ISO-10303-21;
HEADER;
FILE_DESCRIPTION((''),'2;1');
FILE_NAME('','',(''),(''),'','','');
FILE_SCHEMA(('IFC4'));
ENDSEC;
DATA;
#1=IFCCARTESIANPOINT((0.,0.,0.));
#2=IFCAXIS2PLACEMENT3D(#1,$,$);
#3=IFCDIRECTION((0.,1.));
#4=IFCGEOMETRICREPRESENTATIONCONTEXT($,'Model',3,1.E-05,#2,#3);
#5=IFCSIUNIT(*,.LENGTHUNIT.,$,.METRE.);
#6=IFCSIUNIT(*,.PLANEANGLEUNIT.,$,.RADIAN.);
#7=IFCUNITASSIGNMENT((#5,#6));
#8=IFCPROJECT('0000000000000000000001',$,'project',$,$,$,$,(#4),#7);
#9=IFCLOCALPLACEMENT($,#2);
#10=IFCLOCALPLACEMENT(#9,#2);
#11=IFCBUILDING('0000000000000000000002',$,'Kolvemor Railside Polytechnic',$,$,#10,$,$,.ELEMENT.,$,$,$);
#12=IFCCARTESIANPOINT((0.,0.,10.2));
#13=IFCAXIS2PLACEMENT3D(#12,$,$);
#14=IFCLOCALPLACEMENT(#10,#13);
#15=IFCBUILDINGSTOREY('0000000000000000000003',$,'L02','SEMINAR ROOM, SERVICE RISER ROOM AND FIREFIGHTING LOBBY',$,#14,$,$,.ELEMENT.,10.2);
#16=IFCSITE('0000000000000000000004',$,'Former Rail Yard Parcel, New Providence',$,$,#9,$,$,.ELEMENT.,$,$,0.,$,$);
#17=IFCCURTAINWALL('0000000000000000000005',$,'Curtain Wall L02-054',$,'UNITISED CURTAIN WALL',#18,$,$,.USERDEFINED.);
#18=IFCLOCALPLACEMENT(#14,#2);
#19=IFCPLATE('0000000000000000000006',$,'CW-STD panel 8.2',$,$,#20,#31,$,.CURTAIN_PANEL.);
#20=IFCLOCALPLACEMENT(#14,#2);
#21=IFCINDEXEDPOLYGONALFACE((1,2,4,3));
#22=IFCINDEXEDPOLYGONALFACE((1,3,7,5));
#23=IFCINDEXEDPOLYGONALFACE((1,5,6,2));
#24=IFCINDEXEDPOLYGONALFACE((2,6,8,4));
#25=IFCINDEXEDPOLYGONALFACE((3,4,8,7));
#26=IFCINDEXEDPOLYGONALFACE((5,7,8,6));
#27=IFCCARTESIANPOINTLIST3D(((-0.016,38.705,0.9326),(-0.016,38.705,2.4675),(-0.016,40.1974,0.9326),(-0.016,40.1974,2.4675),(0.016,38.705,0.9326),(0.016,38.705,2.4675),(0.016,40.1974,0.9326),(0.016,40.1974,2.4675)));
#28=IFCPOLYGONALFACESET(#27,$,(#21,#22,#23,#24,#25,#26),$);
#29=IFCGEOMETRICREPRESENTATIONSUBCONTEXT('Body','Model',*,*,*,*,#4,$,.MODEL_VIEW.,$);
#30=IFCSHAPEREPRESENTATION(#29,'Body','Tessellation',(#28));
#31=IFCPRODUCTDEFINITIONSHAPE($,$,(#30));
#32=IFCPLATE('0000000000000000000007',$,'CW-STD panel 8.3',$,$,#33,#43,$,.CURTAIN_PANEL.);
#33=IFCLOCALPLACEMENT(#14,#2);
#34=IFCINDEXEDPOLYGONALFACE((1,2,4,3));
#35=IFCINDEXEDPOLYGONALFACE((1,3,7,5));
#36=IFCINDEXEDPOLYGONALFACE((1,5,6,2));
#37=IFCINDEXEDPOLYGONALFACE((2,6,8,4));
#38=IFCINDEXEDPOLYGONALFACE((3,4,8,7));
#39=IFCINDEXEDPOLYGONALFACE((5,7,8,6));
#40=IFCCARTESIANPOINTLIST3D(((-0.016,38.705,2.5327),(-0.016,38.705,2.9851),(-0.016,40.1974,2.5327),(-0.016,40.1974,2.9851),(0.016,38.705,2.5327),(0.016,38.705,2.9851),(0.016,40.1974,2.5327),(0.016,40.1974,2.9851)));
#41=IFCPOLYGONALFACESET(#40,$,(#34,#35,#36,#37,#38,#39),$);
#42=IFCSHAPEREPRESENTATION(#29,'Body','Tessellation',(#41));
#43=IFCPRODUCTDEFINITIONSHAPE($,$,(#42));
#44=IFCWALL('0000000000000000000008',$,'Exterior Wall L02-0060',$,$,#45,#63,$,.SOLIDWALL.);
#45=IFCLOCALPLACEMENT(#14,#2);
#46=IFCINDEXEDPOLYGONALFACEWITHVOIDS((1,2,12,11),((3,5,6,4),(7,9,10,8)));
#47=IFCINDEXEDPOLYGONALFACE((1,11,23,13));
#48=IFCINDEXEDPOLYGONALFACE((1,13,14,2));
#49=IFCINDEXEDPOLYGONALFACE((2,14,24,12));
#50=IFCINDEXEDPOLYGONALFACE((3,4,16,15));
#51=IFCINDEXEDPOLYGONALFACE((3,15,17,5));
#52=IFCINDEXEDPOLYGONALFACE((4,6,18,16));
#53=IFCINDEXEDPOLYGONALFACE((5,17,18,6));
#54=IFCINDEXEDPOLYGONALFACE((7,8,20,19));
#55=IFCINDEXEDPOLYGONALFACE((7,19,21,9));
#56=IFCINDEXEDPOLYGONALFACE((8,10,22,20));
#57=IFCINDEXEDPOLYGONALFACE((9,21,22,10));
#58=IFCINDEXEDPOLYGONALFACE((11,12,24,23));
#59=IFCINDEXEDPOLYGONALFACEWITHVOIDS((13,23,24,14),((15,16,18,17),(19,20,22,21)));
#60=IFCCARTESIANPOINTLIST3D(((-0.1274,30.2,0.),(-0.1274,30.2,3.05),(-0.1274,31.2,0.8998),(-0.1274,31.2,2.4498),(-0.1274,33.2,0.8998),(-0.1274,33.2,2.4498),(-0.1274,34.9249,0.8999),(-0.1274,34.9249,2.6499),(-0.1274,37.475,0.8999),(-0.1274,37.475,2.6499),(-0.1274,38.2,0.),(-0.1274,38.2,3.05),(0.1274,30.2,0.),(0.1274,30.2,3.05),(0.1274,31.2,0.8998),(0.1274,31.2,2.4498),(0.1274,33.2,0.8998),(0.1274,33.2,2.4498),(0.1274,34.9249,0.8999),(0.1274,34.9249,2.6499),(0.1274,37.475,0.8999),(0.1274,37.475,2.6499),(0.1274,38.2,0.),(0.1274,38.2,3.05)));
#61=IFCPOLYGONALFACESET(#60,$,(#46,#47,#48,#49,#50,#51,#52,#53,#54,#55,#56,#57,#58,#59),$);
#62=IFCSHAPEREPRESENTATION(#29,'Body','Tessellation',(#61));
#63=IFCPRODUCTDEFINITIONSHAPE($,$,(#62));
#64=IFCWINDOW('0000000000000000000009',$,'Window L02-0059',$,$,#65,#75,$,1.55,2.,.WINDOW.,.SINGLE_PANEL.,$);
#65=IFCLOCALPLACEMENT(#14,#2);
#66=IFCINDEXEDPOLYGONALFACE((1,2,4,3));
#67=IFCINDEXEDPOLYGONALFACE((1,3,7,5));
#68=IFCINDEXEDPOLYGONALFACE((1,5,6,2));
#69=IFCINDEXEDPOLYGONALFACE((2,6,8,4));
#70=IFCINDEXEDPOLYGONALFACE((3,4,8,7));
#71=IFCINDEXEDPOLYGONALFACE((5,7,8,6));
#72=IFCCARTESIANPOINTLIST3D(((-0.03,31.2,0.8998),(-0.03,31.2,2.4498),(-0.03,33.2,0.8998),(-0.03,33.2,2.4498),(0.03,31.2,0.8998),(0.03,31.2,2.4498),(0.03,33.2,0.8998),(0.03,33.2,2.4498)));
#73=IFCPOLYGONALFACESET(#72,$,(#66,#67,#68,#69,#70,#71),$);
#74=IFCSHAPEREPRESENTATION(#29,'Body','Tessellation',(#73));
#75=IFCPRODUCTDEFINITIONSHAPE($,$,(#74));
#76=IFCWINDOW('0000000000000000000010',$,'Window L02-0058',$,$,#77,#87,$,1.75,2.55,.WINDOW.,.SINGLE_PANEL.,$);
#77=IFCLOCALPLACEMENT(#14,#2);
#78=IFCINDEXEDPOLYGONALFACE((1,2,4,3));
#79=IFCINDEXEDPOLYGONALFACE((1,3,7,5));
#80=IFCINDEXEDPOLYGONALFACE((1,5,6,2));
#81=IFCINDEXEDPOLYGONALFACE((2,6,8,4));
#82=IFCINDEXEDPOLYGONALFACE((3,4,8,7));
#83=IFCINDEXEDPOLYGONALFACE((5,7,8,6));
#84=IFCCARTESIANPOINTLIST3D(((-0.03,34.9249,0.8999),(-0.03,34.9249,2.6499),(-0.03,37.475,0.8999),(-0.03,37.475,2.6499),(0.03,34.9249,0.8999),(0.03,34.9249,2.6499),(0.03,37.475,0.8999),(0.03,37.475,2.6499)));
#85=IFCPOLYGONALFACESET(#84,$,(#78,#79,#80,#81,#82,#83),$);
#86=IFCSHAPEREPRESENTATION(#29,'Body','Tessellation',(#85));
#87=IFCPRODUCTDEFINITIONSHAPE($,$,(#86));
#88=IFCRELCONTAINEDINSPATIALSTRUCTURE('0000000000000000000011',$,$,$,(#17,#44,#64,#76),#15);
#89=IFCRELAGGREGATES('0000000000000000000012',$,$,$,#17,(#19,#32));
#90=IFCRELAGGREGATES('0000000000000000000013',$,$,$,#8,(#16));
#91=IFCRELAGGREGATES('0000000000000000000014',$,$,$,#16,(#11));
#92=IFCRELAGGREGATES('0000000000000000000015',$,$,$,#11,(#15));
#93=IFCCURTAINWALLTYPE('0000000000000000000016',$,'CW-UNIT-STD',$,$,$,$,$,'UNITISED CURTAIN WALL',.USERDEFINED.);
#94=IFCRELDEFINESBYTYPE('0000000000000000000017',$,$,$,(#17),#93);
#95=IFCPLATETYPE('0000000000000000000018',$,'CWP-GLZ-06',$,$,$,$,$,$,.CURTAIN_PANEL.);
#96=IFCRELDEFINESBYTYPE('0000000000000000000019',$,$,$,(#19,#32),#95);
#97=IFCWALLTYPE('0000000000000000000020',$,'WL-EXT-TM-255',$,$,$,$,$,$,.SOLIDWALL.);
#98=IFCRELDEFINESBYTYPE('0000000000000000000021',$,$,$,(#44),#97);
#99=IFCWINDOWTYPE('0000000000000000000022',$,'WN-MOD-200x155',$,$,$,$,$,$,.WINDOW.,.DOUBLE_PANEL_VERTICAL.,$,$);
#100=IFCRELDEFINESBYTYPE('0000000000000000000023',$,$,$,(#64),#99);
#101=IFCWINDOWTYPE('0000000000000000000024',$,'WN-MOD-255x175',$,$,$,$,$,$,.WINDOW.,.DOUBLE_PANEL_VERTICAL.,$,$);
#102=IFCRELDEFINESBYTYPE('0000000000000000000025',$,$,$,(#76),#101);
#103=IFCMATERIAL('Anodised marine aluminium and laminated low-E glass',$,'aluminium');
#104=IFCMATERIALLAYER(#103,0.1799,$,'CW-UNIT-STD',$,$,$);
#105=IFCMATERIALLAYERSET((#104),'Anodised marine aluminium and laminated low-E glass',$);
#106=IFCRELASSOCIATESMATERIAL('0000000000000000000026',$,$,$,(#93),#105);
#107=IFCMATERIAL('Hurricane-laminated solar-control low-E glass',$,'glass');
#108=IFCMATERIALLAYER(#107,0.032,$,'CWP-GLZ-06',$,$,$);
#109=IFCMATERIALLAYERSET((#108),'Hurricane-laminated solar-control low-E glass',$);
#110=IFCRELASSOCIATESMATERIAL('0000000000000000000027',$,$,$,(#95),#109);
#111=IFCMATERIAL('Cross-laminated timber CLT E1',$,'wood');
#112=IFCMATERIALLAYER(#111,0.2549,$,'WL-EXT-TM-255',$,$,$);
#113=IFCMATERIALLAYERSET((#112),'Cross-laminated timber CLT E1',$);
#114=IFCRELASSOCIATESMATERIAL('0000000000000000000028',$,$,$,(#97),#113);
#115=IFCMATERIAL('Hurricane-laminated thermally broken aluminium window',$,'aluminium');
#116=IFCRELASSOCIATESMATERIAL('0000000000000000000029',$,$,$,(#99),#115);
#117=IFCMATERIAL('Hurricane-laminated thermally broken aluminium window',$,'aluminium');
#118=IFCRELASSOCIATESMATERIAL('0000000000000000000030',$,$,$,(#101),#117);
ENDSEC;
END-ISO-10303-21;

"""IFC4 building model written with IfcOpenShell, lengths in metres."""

from ifc_helpers import new_model, si_unit, direction, frame, frame_2d, origin, origin_2d, place, context, subcontext, project, spatial, rectangle, extrude, material, layer, layer_set, type_object, element, fill, aggregate, save


model = new_model("IFC4")

# Units and contexts
model_context = context("Model", 3, precision=1e-05, world=origin(), true_north=direction((0.0, 1.0)))
body_context = subcontext(model_context, "Body", "Model", "MODEL_VIEW")
ifc_project = project(units=[si_unit("LENGTHUNIT", "METRE"), si_unit("PLANEANGLEUNIT", "RADIAN")], contexts=[model_context])

# Site, building, storey
site_placement = place(None, origin())
site = spatial("IfcSite", under=ifc_project, at=site_placement, Name="Former Rail Yard Parcel, New Providence", CompositionType="ELEMENT", RefElevation=0.0)
building_placement = place(site_placement, origin())
building = spatial("IfcBuilding", under=site, at=building_placement, Name="Kolvemor Railside Polytechnic", CompositionType="ELEMENT")
storey_placement = place(building_placement, frame((0.0, 0.0, 10.2)))
storey = spatial("IfcBuildingStorey", under=building, at=storey_placement, Name="L02", Description="SEMINAR ROOM, SERVICE RISER ROOM AND FIREFIGHTING LOBBY", CompositionType="ELEMENT", Elevation=10.2)

# Curtain wall, plates
ifc_material_1 = material(Name="Anodised marine aluminium and laminated low-E glass", Category="aluminium")
ifc_layer_1 = layer(ifc_material_1, 0.1799, Name="CW-UNIT-STD")
ifc_layer_set_1 = layer_set([ifc_layer_1], Name="Anodised marine aluminium and laminated low-E glass")
curtain_wall_type = type_object("IfcCurtainWallType", Name="CW-UNIT-STD", ElementType="UNITISED CURTAIN WALL", PredefinedType="USERDEFINED", material=ifc_layer_set_1)
curtain_wall_placement = place(storey_placement, origin())
curtain_wall = element("IfcCurtainWall", 1, at=curtain_wall_placement, inside=storey, type_object=curtain_wall_type, Name="Curtain Wall L02-054", ObjectType="UNITISED CURTAIN WALL", PredefinedType="USERDEFINED")
ifc_material_2 = material(Name="Hurricane-laminated solar-control low-E glass", Category="glass")
ifc_layer_2 = layer(ifc_material_2, 0.032, Name="CWP-GLZ-06")
ifc_layer_set_2 = layer_set([ifc_layer_2], Name="Hurricane-laminated solar-control low-E glass")
plate_type = type_object("IfcPlateType", Name="CWP-GLZ-06", PredefinedType="CURTAIN_PANEL", material=ifc_layer_set_2)
plate_1_placement = place(storey_placement, frame((0.0, 39.4512, 0.9326), z_axis=(0.0, 0.0, 1.0), x_axis=(0.0, -1.0, 0.0)))
plate_1 = element("IfcPlate", 2, at=plate_1_placement, type_object=plate_type, Name="CW-STD panel 8.2", PredefinedType="CURTAIN_PANEL", context=body_context, shape_type="SweptSolid", body=[
    extrude(rectangle(XDim=1.4924, YDim=0.032, at=origin_2d()), origin(), (0.0, 0.0, 1.0), 1.5349),
])
plate_2_placement = place(storey_placement, frame((0.0, 39.4512, 2.5327), z_axis=(0.0, 0.0, 1.0), x_axis=(0.0, -1.0, 0.0)))
plate_2 = element("IfcPlate", 3, at=plate_2_placement, type_object=plate_type, Name="CW-STD panel 8.3", PredefinedType="CURTAIN_PANEL", context=body_context, shape_type="SweptSolid", body=[
    extrude(rectangle(XDim=1.4924, YDim=0.032, at=origin_2d()), origin(), (0.0, 0.0, 1.0), 0.4524),
])
aggregate(curtain_wall, [plate_1, plate_2])

# Wall, openings, windows
ifc_material_3 = material(Name="Cross-laminated timber CLT E1", Category="wood")
ifc_layer_3 = layer(ifc_material_3, 0.2549, Name="WL-EXT-TM-255")
ifc_layer_set_3 = layer_set([ifc_layer_3], Name="Cross-laminated timber CLT E1")
wall_type = type_object("IfcWallType", Name="WL-EXT-TM-255", PredefinedType="SOLIDWALL", material=ifc_layer_set_3)
wall_placement = place(storey_placement, frame((0.0, 38.2, 0.0), z_axis=(0.0, 0.0, 1.0), x_axis=(0.0, -1.0, 0.0)))
wall = element("IfcWall", 4, at=wall_placement, inside=storey, type_object=wall_type, Name="Exterior Wall L02-0060", PredefinedType="SOLIDWALL", context=body_context, shape_type="SweptSolid", body=[
    extrude(rectangle(XDim=8.0, YDim=0.2549, at=frame_2d((4.0, 0.0))), origin(), (0.0, 0.0, 1.0), 3.05),
])
opening_1_placement = place(wall_placement, frame((0.7251, 0.0, 0.8999)))
opening_1 = element("IfcOpeningElement", 5, at=opening_1_placement, cuts=wall, PredefinedType="OPENING", context=body_context, shape_type="SweptSolid", body=[
    extrude(rectangle(XDim=2.55, YDim=1.75, at=frame_2d((1.2749, 0.875))), frame((0.0, 0.1375, 0.0), z_axis=(0.0, -1.0, 0.0), x_axis=(1.0, 0.0, 0.0)), (0.0, 0.0, 1.0), 0.2749),
])
opening_2_placement = place(wall_placement, frame((5.0, 0.0, 0.8999)))
opening_2 = element("IfcOpeningElement", 6, at=opening_2_placement, cuts=wall, PredefinedType="OPENING", context=body_context, shape_type="SweptSolid", body=[
    extrude(rectangle(XDim=2.0, YDim=1.55, at=frame_2d((1.0, 0.7749))), frame((0.0, 0.1375, 0.0), z_axis=(0.0, -1.0, 0.0), x_axis=(1.0, 0.0, 0.0)), (0.0, 0.0, 1.0), 0.2749),
])
ifc_material_4 = material(Name="Hurricane-laminated thermally broken aluminium window", Category="aluminium")
window_type_1 = type_object("IfcWindowType", Name="WN-MOD-200x155", PartitioningType="DOUBLE_PANEL_VERTICAL", PredefinedType="WINDOW", material=ifc_material_4)
window_1_placement = place(opening_2_placement, origin())
window_1 = element("IfcWindow", 7, at=window_1_placement, inside=storey, type_object=window_type_1, Name="Window L02-0059", OverallHeight=1.55, OverallWidth=2.0, PartitioningType="SINGLE_PANEL", PredefinedType="WINDOW", context=body_context, shape_type="SweptSolid", body=[
    extrude(rectangle(XDim=2.0, YDim=1.55, at=frame_2d((1.0, 0.7749))), frame((0.0, 0.03, 0.0), z_axis=(0.0, -1.0, 0.0), x_axis=(1.0, 0.0, 0.0)), (0.0, 0.0, 1.0), 0.0601),
])
fill(opening_2, window_1)
ifc_material_5 = material(Name="Hurricane-laminated thermally broken aluminium window", Category="aluminium")
window_type_2 = type_object("IfcWindowType", Name="WN-MOD-255x175", PartitioningType="DOUBLE_PANEL_VERTICAL", PredefinedType="WINDOW", material=ifc_material_5)
window_2_placement = place(opening_1_placement, origin())
window_2 = element("IfcWindow", 8, at=window_2_placement, inside=storey, type_object=window_type_2, Name="Window L02-0058", OverallHeight=1.75, OverallWidth=2.55, PartitioningType="SINGLE_PANEL", PredefinedType="WINDOW", context=body_context, shape_type="SweptSolid", body=[
    extrude(rectangle(XDim=2.55, YDim=1.75, at=frame_2d((1.2749, 0.875))), frame((0.0, 0.03, 0.0), z_axis=(0.0, -1.0, 0.0), x_axis=(1.0, 0.0, 0.0)), (0.0, 0.0, 1.0), 0.0601),
])
fill(opening_1, window_2)

save(model, "model.ifc")
